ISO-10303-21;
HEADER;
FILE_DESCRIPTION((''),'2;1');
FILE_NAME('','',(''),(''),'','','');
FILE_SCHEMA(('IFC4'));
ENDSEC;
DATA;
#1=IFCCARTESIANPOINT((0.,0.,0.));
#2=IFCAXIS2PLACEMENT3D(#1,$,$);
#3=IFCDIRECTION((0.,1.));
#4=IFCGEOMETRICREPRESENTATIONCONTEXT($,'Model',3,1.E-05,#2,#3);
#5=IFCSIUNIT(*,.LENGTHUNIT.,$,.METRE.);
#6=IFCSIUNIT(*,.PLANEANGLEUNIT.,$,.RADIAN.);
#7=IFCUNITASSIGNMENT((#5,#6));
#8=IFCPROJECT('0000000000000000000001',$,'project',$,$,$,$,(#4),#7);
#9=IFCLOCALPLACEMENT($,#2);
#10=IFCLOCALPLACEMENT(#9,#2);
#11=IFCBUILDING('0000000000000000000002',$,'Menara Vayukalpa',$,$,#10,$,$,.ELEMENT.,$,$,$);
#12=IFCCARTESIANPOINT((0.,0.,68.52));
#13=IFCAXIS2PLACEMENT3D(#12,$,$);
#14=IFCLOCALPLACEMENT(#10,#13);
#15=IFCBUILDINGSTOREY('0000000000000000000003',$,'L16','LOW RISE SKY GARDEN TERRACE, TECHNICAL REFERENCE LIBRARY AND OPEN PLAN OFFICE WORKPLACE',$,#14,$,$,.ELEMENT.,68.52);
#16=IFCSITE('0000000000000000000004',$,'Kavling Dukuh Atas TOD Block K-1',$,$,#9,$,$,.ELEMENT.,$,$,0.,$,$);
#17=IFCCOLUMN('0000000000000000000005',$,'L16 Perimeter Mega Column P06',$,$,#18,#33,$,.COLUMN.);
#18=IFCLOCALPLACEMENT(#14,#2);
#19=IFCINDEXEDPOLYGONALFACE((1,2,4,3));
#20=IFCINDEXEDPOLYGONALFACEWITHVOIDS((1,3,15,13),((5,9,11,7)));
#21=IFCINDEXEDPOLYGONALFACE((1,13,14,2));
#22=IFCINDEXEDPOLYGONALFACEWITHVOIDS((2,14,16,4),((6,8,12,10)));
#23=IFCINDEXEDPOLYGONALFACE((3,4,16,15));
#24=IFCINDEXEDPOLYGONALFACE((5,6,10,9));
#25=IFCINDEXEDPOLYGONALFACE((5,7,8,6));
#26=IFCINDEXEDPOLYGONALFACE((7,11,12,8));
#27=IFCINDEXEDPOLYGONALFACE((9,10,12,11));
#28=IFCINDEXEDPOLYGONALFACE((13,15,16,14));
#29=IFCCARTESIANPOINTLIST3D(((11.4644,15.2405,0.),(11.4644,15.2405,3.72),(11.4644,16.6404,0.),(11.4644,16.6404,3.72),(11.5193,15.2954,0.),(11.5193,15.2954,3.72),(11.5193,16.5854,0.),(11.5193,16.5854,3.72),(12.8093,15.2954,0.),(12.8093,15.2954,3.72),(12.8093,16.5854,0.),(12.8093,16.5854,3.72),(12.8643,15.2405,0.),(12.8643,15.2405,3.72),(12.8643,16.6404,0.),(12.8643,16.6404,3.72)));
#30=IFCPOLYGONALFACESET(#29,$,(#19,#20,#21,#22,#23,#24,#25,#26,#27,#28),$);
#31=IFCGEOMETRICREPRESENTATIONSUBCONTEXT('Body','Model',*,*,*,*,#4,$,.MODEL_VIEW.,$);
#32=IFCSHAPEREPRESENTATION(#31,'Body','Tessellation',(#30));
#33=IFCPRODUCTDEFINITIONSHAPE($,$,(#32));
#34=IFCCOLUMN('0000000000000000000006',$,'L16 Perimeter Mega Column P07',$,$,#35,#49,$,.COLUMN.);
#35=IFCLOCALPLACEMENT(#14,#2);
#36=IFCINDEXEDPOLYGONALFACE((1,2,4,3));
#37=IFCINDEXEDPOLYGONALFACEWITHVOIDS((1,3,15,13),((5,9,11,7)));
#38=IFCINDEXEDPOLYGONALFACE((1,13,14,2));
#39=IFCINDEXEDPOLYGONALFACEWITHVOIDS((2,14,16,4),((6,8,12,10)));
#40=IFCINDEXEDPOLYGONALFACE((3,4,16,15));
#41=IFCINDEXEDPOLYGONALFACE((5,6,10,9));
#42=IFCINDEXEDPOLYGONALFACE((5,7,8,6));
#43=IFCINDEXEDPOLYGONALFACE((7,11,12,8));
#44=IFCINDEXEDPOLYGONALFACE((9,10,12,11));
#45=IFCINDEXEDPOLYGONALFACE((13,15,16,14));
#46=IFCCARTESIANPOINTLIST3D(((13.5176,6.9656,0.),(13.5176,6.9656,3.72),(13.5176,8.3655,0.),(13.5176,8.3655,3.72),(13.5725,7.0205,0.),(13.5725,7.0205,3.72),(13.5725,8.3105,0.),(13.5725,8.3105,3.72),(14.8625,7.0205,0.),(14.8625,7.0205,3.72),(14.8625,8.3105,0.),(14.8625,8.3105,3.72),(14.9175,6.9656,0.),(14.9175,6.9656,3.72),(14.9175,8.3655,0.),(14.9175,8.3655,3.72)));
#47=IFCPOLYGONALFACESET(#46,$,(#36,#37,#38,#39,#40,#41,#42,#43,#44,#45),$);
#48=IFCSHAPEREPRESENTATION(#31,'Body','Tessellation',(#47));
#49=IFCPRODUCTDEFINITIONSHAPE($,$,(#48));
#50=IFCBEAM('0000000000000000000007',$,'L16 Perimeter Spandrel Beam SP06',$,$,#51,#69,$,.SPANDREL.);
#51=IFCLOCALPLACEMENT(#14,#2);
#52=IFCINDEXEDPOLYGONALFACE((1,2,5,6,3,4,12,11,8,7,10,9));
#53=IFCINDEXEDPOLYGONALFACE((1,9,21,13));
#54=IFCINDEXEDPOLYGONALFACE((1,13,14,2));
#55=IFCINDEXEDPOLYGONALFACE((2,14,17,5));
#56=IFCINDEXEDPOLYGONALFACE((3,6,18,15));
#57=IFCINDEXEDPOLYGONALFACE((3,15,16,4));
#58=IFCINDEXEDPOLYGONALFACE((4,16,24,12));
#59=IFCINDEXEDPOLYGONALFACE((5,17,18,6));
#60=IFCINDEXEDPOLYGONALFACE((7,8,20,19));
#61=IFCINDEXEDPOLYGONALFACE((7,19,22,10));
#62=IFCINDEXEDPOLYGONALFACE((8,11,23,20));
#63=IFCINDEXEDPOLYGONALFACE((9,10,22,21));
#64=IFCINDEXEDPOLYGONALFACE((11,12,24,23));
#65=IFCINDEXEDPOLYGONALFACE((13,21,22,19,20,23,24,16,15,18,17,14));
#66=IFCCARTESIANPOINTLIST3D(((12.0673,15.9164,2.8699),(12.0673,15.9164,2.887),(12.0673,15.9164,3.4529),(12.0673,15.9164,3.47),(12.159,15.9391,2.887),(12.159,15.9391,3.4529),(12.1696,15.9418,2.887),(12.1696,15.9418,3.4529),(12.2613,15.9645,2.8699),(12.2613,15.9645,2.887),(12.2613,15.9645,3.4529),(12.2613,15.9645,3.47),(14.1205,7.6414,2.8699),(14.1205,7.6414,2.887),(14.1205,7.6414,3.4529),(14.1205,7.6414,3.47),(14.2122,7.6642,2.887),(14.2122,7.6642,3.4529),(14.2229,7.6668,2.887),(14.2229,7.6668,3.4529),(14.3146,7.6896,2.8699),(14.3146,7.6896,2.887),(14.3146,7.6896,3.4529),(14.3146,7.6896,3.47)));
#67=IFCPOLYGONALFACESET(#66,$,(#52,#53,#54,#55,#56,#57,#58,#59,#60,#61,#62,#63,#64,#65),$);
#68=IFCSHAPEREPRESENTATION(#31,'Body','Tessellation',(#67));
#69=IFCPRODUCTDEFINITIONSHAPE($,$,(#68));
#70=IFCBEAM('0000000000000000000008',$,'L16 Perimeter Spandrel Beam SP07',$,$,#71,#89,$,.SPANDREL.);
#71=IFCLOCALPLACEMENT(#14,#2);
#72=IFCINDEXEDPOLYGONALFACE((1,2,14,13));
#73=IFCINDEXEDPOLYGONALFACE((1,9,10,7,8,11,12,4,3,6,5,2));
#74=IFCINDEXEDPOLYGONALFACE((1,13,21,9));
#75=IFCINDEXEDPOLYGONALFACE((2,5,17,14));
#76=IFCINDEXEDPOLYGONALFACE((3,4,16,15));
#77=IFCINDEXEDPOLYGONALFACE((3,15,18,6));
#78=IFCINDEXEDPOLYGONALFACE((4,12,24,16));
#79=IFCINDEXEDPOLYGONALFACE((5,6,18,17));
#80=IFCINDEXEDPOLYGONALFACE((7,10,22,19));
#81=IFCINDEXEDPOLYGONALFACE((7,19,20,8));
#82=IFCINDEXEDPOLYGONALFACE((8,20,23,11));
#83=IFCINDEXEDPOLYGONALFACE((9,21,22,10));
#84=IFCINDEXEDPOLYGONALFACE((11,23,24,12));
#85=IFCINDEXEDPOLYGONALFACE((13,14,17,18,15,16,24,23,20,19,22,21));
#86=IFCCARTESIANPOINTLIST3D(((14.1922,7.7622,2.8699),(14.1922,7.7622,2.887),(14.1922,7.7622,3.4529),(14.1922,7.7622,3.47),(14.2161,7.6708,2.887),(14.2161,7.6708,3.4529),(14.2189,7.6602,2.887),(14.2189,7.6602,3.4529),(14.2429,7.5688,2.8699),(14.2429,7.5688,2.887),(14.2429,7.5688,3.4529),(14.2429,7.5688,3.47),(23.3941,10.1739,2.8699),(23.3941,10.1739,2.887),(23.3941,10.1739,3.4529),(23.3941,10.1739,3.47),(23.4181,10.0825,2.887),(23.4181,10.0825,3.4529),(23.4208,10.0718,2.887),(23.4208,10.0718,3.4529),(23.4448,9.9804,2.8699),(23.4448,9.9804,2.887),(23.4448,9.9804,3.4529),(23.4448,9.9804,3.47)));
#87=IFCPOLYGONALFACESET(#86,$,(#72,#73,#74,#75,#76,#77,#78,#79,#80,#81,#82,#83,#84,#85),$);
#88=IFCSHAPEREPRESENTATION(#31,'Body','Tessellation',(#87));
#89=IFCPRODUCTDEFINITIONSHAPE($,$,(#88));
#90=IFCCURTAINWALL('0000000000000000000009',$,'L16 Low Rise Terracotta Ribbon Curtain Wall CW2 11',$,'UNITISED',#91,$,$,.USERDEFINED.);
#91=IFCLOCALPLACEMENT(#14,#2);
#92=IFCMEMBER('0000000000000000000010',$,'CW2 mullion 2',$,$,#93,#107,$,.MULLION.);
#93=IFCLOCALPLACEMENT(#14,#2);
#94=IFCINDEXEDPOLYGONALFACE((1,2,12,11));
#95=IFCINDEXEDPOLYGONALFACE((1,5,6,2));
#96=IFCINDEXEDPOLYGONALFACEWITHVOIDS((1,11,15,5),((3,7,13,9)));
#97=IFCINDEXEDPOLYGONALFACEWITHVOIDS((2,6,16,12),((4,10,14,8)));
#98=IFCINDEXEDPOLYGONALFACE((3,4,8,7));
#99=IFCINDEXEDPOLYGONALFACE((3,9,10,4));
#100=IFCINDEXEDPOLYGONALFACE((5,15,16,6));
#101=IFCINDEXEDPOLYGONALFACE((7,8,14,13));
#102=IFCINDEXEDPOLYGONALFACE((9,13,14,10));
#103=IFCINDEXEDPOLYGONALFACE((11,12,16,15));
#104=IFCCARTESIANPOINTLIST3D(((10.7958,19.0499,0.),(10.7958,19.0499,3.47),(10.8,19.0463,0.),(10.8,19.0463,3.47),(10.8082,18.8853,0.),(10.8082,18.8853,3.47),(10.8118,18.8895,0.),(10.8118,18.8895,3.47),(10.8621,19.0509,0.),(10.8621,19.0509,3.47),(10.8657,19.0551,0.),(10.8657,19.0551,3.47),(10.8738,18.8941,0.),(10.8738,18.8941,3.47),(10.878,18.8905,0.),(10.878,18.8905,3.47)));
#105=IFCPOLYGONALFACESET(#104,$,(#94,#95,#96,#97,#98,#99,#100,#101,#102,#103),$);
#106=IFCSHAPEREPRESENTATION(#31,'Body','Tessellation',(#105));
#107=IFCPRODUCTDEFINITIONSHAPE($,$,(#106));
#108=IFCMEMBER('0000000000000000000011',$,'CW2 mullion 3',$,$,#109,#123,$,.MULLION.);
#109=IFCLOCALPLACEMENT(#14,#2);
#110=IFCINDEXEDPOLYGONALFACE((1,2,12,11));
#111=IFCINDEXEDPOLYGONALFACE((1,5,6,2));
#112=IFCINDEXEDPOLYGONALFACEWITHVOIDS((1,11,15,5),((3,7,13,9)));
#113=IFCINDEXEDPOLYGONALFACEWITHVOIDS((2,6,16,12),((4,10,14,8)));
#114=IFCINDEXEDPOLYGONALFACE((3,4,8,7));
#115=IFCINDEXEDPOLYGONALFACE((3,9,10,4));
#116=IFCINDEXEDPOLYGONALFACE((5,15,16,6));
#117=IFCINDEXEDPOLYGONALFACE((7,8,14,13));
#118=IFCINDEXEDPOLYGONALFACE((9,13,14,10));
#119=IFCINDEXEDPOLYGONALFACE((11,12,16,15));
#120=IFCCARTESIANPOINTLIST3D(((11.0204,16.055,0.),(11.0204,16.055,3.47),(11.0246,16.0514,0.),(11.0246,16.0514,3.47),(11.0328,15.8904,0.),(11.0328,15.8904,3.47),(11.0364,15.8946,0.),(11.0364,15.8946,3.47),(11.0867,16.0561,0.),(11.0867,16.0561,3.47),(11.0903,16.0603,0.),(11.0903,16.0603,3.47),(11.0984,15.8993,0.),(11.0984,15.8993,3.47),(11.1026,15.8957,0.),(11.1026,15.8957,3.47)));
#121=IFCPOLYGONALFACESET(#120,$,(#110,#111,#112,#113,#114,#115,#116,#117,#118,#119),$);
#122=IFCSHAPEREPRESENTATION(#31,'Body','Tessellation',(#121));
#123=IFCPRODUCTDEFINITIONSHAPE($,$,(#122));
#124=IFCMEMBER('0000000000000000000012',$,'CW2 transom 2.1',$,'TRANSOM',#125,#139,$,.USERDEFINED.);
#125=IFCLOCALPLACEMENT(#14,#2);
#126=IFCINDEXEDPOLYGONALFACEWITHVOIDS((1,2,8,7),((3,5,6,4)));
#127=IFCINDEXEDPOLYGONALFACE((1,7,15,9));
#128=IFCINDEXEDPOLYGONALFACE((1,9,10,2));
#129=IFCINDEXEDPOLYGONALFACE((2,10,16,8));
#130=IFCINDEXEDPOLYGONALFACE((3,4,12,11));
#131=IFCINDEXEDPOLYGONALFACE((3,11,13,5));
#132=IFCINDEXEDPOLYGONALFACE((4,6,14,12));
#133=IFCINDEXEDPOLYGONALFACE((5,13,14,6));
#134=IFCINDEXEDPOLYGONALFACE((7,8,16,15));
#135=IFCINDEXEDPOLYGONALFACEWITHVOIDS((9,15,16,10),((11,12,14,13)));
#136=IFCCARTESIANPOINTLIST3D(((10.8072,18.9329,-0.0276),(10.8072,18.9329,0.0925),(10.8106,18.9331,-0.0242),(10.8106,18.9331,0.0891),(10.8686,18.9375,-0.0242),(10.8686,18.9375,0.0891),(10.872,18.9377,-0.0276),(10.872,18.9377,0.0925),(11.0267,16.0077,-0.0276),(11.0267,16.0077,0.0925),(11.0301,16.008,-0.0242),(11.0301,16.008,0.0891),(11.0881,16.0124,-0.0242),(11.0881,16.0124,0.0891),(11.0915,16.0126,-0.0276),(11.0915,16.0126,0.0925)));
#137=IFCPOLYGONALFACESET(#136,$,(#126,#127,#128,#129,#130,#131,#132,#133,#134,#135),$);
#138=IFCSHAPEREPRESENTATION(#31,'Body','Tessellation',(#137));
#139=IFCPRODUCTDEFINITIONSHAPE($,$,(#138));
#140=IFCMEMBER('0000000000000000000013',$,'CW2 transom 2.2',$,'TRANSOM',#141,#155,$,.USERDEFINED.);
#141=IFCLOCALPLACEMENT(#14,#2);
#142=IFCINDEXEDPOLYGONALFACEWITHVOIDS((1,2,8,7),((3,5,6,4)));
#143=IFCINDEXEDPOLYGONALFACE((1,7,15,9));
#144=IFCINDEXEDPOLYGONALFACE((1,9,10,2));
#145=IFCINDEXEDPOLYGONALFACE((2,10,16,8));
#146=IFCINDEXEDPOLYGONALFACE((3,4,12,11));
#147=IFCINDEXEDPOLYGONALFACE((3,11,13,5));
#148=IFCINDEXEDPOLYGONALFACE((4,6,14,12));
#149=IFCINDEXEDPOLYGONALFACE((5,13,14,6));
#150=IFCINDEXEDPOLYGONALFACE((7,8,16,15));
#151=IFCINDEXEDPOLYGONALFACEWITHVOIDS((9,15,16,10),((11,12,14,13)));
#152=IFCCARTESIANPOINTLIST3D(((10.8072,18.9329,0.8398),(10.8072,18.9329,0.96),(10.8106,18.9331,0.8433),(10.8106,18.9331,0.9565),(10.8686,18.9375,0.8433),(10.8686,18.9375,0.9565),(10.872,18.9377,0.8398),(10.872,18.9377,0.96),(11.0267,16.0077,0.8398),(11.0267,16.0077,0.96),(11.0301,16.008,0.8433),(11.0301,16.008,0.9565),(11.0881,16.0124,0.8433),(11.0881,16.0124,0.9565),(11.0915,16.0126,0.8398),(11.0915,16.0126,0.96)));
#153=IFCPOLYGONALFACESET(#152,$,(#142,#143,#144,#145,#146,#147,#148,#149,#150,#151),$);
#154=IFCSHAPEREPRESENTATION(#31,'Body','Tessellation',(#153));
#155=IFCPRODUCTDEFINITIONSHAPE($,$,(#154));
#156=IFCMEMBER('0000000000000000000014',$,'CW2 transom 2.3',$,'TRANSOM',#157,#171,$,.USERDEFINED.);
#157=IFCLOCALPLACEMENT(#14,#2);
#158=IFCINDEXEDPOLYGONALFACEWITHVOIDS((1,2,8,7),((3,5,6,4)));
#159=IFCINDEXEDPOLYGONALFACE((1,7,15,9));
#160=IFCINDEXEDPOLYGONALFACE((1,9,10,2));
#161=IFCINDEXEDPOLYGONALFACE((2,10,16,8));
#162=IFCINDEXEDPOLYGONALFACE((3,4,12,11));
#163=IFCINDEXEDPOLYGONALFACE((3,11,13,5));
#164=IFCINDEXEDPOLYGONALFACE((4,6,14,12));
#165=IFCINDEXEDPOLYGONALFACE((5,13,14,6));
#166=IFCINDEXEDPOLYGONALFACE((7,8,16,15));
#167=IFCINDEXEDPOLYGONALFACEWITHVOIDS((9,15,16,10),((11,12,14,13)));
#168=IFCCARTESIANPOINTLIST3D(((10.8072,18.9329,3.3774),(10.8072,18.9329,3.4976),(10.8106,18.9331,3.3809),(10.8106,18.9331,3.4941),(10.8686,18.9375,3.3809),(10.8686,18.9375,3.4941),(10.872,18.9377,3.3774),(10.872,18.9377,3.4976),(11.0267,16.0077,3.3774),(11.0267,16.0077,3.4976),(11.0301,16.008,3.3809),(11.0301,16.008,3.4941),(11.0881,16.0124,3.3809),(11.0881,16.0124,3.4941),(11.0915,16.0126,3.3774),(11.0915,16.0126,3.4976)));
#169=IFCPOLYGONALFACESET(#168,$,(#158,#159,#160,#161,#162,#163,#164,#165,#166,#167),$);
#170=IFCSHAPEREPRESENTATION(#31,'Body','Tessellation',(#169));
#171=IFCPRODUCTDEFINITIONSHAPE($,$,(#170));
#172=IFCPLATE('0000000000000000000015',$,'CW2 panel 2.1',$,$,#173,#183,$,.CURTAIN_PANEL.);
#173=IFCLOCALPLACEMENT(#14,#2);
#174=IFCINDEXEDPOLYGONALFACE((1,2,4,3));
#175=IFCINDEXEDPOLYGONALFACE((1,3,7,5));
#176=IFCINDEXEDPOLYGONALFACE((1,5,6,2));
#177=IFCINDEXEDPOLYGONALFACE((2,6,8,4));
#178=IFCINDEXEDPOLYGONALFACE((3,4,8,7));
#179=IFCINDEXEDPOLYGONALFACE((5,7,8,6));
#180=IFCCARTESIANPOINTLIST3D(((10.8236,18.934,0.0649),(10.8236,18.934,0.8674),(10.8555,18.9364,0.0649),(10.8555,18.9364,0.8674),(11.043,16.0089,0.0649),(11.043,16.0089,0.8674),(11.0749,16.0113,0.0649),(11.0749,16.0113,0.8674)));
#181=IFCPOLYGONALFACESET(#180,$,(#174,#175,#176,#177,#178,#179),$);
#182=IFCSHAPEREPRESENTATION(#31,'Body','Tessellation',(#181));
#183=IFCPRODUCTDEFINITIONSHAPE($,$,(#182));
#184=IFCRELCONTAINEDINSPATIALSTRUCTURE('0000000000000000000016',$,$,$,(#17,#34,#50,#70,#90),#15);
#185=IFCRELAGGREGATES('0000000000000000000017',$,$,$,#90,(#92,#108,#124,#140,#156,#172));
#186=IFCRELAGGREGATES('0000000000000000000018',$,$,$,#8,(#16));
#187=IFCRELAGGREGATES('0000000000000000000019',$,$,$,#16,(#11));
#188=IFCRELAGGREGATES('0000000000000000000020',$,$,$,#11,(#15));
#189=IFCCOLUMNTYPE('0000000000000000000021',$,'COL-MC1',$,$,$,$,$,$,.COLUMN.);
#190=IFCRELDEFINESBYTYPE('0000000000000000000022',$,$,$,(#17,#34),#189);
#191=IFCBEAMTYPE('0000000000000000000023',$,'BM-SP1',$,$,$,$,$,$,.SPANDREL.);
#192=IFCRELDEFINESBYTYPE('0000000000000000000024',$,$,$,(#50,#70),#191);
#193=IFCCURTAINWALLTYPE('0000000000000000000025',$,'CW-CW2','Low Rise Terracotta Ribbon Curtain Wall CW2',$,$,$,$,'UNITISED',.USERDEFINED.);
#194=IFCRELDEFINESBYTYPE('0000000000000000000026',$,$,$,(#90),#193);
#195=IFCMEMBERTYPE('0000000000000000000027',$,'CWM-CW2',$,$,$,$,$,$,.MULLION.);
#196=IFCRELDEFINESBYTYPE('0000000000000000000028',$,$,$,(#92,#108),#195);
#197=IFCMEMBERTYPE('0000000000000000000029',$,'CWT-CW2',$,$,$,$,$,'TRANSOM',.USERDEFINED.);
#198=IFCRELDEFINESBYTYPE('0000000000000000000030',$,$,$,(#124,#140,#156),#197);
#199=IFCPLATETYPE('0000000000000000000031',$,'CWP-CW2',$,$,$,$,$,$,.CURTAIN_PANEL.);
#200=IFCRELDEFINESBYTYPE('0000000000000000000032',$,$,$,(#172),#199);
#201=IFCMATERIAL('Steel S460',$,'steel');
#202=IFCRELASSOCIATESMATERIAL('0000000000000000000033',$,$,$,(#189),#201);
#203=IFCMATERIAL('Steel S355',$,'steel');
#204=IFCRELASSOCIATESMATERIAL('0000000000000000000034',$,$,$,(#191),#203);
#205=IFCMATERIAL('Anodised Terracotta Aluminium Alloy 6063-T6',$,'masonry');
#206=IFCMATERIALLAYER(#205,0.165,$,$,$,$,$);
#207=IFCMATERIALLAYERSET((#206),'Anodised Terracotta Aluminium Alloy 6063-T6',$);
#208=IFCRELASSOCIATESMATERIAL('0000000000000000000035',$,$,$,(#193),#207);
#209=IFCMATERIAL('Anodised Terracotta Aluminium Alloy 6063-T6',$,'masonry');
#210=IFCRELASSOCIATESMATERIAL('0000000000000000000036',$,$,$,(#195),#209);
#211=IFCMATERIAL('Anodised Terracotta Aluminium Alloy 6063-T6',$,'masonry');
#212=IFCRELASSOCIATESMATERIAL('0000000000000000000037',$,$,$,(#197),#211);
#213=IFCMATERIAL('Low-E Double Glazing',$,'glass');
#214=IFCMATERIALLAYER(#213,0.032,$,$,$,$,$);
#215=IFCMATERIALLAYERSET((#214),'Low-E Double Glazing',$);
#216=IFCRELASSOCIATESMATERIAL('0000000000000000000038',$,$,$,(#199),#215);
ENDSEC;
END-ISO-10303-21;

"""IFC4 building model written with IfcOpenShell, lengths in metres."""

from ifc_helpers import new_model, si_unit, direction, frame, origin, origin_2d, place, context, subcontext, project, spatial, rectangle, hollow_rectangle, i_section, extrude, material, layer, layer_set, material_profile, profile_set, type_object, element, aggregate, save


model = new_model("IFC4")

# Units and contexts
model_context = context("Model", 3, precision=1e-05, world=origin(), true_north=direction((0.0, 1.0)))
body_context = subcontext(model_context, "Body", "Model", "MODEL_VIEW")
ifc_project = project(units=[si_unit("LENGTHUNIT", "METRE"), si_unit("PLANEANGLEUNIT", "RADIAN")], contexts=[model_context])

# Site, building, storey
site_placement = place(None, origin())
site = spatial("IfcSite", under=ifc_project, at=site_placement, Name="Kavling Dukuh Atas TOD Block K-1", CompositionType="ELEMENT", RefElevation=0.0)
building_placement = place(site_placement, origin())
building = spatial("IfcBuilding", under=site, at=building_placement, Name="Menara Vayukalpa", CompositionType="ELEMENT")
storey_placement = place(building_placement, frame((0.0, 0.0, 68.52)))
storey = spatial("IfcBuildingStorey", under=building, at=storey_placement, Name="L16", Description="LOW RISE SKY GARDEN TERRACE, TECHNICAL REFERENCE LIBRARY AND OPEN PLAN OFFICE WORKPLACE", CompositionType="ELEMENT", Elevation=68.52)

# Columns
ifc_material_1 = material(Name="Steel S460", Category="steel")
ifc_material_profile_1 = material_profile(ifc_material_1, hollow_rectangle(XDim=1.3999, YDim=1.3999, WallThickness=0.0549, at=origin_2d()), Name="BOX 1400x1400x55")
ifc_profile_set_1 = profile_set([ifc_material_profile_1], Name="Steel S460")
column_type = type_object("IfcColumnType", Name="COL-MC1", PredefinedType="COLUMN", material=ifc_profile_set_1)
for number, where, z_axis, x_axis, name in (
    (1, (12.1643, 15.9404, 0.0), (0.0, 0.0, 1.0), (1.0, 0.0, 0.0), "L16 Perimeter Mega Column P06"),
    (2, (14.2175, 7.6655, 0.0), (0.0, 0.0, 1.0), (1.0, 0.0, 0.0), "L16 Perimeter Mega Column P07"),
):
    element("IfcColumn", number, at=place(storey_placement, frame(where, z_axis=z_axis, x_axis=x_axis)), inside=storey, type_object=column_type, Name=name, PredefinedType="COLUMN", context=body_context, shape_type="SweptSolid", body=[
        extrude(hollow_rectangle(XDim=1.3999, YDim=1.3999, WallThickness=0.0549, at=origin_2d()), origin(), (0.0, 0.0, 1.0), 3.72),
    ])

# Beams
ifc_material_2 = material(Name="Steel S355", Category="steel")
ifc_material_profile_2 = material_profile(ifc_material_2, i_section(OverallWidth=0.2, OverallDepth=0.6001, WebThickness=0.011, FlangeThickness=0.0171, at=origin_2d()), Name="WF 600x200x11x17")
ifc_profile_set_2 = profile_set([ifc_material_profile_2], Name="Steel S355")
beam_type = type_object("IfcBeamType", Name="BM-SP1", PredefinedType="SPANDREL", material=ifc_profile_set_2)
beam_1_placement = place(storey_placement, frame((12.1643, 15.9404, 3.1699), z_axis=(0.240824, -0.970569, 0.0), x_axis=(0.970569, 0.240824, 0.0)))
element("IfcBeam", 3, at=beam_1_placement, inside=storey, type_object=beam_type, Name="L16 Perimeter Spandrel Beam SP06", PredefinedType="SPANDREL", context=body_context, shape_type="SweptSolid", body=[
    extrude(i_section(OverallWidth=0.2, OverallDepth=0.6001, WebThickness=0.011, FlangeThickness=0.0171, at=origin_2d()), origin(), (0.0, 0.0, 1.0), 8.5259),
])
beam_2_placement = place(storey_placement, frame((14.2175, 7.6655, 3.1699), z_axis=(0.967331, 0.253517, 0.0), x_axis=(-0.253517, 0.967331, 0.0)))
element("IfcBeam", 4, at=beam_2_placement, inside=storey, type_object=beam_type, Name="L16 Perimeter Spandrel Beam SP07", PredefinedType="SPANDREL", context=body_context, shape_type="SweptSolid", body=[
    extrude(i_section(OverallWidth=0.2, OverallDepth=0.6001, WebThickness=0.011, FlangeThickness=0.0171, at=origin_2d()), origin(), (0.0, 0.0, 1.0), 9.5127),
])

# Curtain wall, members, plate
ifc_material_3 = material(Name="Anodised Terracotta Aluminium Alloy 6063-T6", Category="masonry")
ifc_layer_1 = layer(ifc_material_3, 0.165)
ifc_layer_set_1 = layer_set([ifc_layer_1], Name="Anodised Terracotta Aluminium Alloy 6063-T6")
curtain_wall_type = type_object("IfcCurtainWallType", Name="CW-CW2", Description="Low Rise Terracotta Ribbon Curtain Wall CW2", ElementType="UNITISED", PredefinedType="USERDEFINED", material=ifc_layer_set_1)
curtain_wall_placement = place(storey_placement, origin())
curtain_wall = element("IfcCurtainWall", 5, at=curtain_wall_placement, inside=storey, type_object=curtain_wall_type, Name="L16 Low Rise Terracotta Ribbon Curtain Wall CW2 11", ObjectType="UNITISED", PredefinedType="USERDEFINED")
ifc_material_4 = material(Name="Anodised Terracotta Aluminium Alloy 6063-T6", Category="masonry")
ifc_material_profile_3 = material_profile(ifc_material_4, hollow_rectangle(XDim=0.0701, YDim=0.165, WallThickness=0.0039, at=origin_2d()), Name="ALU 70x165x4")
ifc_profile_set_3 = profile_set([ifc_material_profile_3], Name="Anodised Terracotta Aluminium Alloy 6063-T6")
member_type_1 = type_object("IfcMemberType", Name="CWM-CW2", PredefinedType="MULLION", material=ifc_profile_set_3)
member_1_placement = place(storey_placement, frame((10.8369, 18.9702, 0.0), z_axis=(0.0, 0.0, 1.0), x_axis=(0.997199, 0.074795, 0.0)))
member_1 = element("IfcMember", 6, at=member_1_placement, type_object=member_type_1, Name="CW2 mullion 2", PredefinedType="MULLION", context=body_context, shape_type="SweptSolid", body=[
    extrude(hollow_rectangle(XDim=0.0701, YDim=0.165, WallThickness=0.0039, at=origin_2d()), origin(), (0.0, 0.0, 1.0), 3.47),
])
member_2_placement = place(storey_placement, frame((11.0615, 15.9753, 0.0), z_axis=(0.0, 0.0, 1.0), x_axis=(0.997199, 0.074795, 0.0)))
member_2 = element("IfcMember", 7, at=member_2_placement, type_object=member_type_1, Name="CW2 mullion 3", PredefinedType="MULLION", context=body_context, shape_type="SweptSolid", body=[
    extrude(hollow_rectangle(XDim=0.0701, YDim=0.165, WallThickness=0.0039, at=origin_2d()), origin(), (0.0, 0.0, 1.0), 3.47),
])
ifc_material_5 = material(Name="Anodised Terracotta Aluminium Alloy 6063-T6", Category="masonry")
ifc_material_profile_4 = material_profile(ifc_material_5, hollow_rectangle(XDim=0.0649, YDim=0.1201, WallThickness=0.0034, at=origin_2d()), Name="ALU 65x120x3.5")
ifc_profile_set_4 = profile_set([ifc_material_profile_4], Name="Anodised Terracotta Aluminium Alloy 6063-T6")
member_type_2 = type_object("IfcMemberType", Name="CWT-CW2", ElementType="TRANSOM", PredefinedType="USERDEFINED", material=ifc_profile_set_4)
member_3_placement = place(storey_placement, frame((10.8396, 18.9353, 0.0325), z_axis=(0.074825, -0.997197, 0.0), x_axis=(0.997197, 0.074825, 0.0)))
member_3 = element("IfcMember", 8, at=member_3_placement, type_object=member_type_2, Name="CW2 transom 2.1", ObjectType="TRANSOM", PredefinedType="USERDEFINED", context=body_context, shape_type="SweptSolid", body=[
    extrude(hollow_rectangle(XDim=0.0649, YDim=0.1201, WallThickness=0.0034, at=origin_2d()), origin(), (0.0, 0.0, 1.0), 2.9333),
])
member_4_placement = place(storey_placement, frame((10.8396, 18.9353, 0.8999), z_axis=(0.074825, -0.997197, 0.0), x_axis=(0.997197, 0.074825, 0.0)))
member_4 = element("IfcMember", 9, at=member_4_placement, type_object=member_type_2, Name="CW2 transom 2.2", ObjectType="TRANSOM", PredefinedType="USERDEFINED", context=body_context, shape_type="SweptSolid", body=[
    extrude(hollow_rectangle(XDim=0.0649, YDim=0.1201, WallThickness=0.0034, at=origin_2d()), origin(), (0.0, 0.0, 1.0), 2.9333),
])
member_5_placement = place(storey_placement, frame((10.8396, 18.9353, 3.4375), z_axis=(0.074825, -0.997197, 0.0), x_axis=(0.997197, 0.074825, 0.0)))
member_5 = element("IfcMember", 10, at=member_5_placement, type_object=member_type_2, Name="CW2 transom 2.3", ObjectType="TRANSOM", PredefinedType="USERDEFINED", context=body_context, shape_type="SweptSolid", body=[
    extrude(hollow_rectangle(XDim=0.0649, YDim=0.1201, WallThickness=0.0034, at=origin_2d()), origin(), (0.0, 0.0, 1.0), 2.9333),
])
ifc_material_6 = material(Name="Low-E Double Glazing", Category="glass")
ifc_layer_2 = layer(ifc_material_6, 0.032)
ifc_layer_set_2 = layer_set([ifc_layer_2], Name="Low-E Double Glazing")
plate_type = type_object("IfcPlateType", Name="CWP-CW2", PredefinedType="CURTAIN_PANEL", material=ifc_layer_set_2)
plate_1_placement = place(storey_placement, frame((10.9492, 17.4727, 0.0649), z_axis=(0.0, 0.0, 1.0), x_axis=(0.074795, -0.997199, 0.0)))
plate_1 = element("IfcPlate", 11, at=plate_1_placement, type_object=plate_type, Name="CW2 panel 2.1", PredefinedType="CURTAIN_PANEL", context=body_context, shape_type="SweptSolid", body=[
    extrude(rectangle(XDim=2.9333, YDim=0.032, at=origin_2d()), origin(), (0.0, 0.0, 1.0), 0.8025),
])
aggregate(curtain_wall, [member_1, member_2, member_3, member_4, member_5, plate_1])

save(model, "model.ifc")
